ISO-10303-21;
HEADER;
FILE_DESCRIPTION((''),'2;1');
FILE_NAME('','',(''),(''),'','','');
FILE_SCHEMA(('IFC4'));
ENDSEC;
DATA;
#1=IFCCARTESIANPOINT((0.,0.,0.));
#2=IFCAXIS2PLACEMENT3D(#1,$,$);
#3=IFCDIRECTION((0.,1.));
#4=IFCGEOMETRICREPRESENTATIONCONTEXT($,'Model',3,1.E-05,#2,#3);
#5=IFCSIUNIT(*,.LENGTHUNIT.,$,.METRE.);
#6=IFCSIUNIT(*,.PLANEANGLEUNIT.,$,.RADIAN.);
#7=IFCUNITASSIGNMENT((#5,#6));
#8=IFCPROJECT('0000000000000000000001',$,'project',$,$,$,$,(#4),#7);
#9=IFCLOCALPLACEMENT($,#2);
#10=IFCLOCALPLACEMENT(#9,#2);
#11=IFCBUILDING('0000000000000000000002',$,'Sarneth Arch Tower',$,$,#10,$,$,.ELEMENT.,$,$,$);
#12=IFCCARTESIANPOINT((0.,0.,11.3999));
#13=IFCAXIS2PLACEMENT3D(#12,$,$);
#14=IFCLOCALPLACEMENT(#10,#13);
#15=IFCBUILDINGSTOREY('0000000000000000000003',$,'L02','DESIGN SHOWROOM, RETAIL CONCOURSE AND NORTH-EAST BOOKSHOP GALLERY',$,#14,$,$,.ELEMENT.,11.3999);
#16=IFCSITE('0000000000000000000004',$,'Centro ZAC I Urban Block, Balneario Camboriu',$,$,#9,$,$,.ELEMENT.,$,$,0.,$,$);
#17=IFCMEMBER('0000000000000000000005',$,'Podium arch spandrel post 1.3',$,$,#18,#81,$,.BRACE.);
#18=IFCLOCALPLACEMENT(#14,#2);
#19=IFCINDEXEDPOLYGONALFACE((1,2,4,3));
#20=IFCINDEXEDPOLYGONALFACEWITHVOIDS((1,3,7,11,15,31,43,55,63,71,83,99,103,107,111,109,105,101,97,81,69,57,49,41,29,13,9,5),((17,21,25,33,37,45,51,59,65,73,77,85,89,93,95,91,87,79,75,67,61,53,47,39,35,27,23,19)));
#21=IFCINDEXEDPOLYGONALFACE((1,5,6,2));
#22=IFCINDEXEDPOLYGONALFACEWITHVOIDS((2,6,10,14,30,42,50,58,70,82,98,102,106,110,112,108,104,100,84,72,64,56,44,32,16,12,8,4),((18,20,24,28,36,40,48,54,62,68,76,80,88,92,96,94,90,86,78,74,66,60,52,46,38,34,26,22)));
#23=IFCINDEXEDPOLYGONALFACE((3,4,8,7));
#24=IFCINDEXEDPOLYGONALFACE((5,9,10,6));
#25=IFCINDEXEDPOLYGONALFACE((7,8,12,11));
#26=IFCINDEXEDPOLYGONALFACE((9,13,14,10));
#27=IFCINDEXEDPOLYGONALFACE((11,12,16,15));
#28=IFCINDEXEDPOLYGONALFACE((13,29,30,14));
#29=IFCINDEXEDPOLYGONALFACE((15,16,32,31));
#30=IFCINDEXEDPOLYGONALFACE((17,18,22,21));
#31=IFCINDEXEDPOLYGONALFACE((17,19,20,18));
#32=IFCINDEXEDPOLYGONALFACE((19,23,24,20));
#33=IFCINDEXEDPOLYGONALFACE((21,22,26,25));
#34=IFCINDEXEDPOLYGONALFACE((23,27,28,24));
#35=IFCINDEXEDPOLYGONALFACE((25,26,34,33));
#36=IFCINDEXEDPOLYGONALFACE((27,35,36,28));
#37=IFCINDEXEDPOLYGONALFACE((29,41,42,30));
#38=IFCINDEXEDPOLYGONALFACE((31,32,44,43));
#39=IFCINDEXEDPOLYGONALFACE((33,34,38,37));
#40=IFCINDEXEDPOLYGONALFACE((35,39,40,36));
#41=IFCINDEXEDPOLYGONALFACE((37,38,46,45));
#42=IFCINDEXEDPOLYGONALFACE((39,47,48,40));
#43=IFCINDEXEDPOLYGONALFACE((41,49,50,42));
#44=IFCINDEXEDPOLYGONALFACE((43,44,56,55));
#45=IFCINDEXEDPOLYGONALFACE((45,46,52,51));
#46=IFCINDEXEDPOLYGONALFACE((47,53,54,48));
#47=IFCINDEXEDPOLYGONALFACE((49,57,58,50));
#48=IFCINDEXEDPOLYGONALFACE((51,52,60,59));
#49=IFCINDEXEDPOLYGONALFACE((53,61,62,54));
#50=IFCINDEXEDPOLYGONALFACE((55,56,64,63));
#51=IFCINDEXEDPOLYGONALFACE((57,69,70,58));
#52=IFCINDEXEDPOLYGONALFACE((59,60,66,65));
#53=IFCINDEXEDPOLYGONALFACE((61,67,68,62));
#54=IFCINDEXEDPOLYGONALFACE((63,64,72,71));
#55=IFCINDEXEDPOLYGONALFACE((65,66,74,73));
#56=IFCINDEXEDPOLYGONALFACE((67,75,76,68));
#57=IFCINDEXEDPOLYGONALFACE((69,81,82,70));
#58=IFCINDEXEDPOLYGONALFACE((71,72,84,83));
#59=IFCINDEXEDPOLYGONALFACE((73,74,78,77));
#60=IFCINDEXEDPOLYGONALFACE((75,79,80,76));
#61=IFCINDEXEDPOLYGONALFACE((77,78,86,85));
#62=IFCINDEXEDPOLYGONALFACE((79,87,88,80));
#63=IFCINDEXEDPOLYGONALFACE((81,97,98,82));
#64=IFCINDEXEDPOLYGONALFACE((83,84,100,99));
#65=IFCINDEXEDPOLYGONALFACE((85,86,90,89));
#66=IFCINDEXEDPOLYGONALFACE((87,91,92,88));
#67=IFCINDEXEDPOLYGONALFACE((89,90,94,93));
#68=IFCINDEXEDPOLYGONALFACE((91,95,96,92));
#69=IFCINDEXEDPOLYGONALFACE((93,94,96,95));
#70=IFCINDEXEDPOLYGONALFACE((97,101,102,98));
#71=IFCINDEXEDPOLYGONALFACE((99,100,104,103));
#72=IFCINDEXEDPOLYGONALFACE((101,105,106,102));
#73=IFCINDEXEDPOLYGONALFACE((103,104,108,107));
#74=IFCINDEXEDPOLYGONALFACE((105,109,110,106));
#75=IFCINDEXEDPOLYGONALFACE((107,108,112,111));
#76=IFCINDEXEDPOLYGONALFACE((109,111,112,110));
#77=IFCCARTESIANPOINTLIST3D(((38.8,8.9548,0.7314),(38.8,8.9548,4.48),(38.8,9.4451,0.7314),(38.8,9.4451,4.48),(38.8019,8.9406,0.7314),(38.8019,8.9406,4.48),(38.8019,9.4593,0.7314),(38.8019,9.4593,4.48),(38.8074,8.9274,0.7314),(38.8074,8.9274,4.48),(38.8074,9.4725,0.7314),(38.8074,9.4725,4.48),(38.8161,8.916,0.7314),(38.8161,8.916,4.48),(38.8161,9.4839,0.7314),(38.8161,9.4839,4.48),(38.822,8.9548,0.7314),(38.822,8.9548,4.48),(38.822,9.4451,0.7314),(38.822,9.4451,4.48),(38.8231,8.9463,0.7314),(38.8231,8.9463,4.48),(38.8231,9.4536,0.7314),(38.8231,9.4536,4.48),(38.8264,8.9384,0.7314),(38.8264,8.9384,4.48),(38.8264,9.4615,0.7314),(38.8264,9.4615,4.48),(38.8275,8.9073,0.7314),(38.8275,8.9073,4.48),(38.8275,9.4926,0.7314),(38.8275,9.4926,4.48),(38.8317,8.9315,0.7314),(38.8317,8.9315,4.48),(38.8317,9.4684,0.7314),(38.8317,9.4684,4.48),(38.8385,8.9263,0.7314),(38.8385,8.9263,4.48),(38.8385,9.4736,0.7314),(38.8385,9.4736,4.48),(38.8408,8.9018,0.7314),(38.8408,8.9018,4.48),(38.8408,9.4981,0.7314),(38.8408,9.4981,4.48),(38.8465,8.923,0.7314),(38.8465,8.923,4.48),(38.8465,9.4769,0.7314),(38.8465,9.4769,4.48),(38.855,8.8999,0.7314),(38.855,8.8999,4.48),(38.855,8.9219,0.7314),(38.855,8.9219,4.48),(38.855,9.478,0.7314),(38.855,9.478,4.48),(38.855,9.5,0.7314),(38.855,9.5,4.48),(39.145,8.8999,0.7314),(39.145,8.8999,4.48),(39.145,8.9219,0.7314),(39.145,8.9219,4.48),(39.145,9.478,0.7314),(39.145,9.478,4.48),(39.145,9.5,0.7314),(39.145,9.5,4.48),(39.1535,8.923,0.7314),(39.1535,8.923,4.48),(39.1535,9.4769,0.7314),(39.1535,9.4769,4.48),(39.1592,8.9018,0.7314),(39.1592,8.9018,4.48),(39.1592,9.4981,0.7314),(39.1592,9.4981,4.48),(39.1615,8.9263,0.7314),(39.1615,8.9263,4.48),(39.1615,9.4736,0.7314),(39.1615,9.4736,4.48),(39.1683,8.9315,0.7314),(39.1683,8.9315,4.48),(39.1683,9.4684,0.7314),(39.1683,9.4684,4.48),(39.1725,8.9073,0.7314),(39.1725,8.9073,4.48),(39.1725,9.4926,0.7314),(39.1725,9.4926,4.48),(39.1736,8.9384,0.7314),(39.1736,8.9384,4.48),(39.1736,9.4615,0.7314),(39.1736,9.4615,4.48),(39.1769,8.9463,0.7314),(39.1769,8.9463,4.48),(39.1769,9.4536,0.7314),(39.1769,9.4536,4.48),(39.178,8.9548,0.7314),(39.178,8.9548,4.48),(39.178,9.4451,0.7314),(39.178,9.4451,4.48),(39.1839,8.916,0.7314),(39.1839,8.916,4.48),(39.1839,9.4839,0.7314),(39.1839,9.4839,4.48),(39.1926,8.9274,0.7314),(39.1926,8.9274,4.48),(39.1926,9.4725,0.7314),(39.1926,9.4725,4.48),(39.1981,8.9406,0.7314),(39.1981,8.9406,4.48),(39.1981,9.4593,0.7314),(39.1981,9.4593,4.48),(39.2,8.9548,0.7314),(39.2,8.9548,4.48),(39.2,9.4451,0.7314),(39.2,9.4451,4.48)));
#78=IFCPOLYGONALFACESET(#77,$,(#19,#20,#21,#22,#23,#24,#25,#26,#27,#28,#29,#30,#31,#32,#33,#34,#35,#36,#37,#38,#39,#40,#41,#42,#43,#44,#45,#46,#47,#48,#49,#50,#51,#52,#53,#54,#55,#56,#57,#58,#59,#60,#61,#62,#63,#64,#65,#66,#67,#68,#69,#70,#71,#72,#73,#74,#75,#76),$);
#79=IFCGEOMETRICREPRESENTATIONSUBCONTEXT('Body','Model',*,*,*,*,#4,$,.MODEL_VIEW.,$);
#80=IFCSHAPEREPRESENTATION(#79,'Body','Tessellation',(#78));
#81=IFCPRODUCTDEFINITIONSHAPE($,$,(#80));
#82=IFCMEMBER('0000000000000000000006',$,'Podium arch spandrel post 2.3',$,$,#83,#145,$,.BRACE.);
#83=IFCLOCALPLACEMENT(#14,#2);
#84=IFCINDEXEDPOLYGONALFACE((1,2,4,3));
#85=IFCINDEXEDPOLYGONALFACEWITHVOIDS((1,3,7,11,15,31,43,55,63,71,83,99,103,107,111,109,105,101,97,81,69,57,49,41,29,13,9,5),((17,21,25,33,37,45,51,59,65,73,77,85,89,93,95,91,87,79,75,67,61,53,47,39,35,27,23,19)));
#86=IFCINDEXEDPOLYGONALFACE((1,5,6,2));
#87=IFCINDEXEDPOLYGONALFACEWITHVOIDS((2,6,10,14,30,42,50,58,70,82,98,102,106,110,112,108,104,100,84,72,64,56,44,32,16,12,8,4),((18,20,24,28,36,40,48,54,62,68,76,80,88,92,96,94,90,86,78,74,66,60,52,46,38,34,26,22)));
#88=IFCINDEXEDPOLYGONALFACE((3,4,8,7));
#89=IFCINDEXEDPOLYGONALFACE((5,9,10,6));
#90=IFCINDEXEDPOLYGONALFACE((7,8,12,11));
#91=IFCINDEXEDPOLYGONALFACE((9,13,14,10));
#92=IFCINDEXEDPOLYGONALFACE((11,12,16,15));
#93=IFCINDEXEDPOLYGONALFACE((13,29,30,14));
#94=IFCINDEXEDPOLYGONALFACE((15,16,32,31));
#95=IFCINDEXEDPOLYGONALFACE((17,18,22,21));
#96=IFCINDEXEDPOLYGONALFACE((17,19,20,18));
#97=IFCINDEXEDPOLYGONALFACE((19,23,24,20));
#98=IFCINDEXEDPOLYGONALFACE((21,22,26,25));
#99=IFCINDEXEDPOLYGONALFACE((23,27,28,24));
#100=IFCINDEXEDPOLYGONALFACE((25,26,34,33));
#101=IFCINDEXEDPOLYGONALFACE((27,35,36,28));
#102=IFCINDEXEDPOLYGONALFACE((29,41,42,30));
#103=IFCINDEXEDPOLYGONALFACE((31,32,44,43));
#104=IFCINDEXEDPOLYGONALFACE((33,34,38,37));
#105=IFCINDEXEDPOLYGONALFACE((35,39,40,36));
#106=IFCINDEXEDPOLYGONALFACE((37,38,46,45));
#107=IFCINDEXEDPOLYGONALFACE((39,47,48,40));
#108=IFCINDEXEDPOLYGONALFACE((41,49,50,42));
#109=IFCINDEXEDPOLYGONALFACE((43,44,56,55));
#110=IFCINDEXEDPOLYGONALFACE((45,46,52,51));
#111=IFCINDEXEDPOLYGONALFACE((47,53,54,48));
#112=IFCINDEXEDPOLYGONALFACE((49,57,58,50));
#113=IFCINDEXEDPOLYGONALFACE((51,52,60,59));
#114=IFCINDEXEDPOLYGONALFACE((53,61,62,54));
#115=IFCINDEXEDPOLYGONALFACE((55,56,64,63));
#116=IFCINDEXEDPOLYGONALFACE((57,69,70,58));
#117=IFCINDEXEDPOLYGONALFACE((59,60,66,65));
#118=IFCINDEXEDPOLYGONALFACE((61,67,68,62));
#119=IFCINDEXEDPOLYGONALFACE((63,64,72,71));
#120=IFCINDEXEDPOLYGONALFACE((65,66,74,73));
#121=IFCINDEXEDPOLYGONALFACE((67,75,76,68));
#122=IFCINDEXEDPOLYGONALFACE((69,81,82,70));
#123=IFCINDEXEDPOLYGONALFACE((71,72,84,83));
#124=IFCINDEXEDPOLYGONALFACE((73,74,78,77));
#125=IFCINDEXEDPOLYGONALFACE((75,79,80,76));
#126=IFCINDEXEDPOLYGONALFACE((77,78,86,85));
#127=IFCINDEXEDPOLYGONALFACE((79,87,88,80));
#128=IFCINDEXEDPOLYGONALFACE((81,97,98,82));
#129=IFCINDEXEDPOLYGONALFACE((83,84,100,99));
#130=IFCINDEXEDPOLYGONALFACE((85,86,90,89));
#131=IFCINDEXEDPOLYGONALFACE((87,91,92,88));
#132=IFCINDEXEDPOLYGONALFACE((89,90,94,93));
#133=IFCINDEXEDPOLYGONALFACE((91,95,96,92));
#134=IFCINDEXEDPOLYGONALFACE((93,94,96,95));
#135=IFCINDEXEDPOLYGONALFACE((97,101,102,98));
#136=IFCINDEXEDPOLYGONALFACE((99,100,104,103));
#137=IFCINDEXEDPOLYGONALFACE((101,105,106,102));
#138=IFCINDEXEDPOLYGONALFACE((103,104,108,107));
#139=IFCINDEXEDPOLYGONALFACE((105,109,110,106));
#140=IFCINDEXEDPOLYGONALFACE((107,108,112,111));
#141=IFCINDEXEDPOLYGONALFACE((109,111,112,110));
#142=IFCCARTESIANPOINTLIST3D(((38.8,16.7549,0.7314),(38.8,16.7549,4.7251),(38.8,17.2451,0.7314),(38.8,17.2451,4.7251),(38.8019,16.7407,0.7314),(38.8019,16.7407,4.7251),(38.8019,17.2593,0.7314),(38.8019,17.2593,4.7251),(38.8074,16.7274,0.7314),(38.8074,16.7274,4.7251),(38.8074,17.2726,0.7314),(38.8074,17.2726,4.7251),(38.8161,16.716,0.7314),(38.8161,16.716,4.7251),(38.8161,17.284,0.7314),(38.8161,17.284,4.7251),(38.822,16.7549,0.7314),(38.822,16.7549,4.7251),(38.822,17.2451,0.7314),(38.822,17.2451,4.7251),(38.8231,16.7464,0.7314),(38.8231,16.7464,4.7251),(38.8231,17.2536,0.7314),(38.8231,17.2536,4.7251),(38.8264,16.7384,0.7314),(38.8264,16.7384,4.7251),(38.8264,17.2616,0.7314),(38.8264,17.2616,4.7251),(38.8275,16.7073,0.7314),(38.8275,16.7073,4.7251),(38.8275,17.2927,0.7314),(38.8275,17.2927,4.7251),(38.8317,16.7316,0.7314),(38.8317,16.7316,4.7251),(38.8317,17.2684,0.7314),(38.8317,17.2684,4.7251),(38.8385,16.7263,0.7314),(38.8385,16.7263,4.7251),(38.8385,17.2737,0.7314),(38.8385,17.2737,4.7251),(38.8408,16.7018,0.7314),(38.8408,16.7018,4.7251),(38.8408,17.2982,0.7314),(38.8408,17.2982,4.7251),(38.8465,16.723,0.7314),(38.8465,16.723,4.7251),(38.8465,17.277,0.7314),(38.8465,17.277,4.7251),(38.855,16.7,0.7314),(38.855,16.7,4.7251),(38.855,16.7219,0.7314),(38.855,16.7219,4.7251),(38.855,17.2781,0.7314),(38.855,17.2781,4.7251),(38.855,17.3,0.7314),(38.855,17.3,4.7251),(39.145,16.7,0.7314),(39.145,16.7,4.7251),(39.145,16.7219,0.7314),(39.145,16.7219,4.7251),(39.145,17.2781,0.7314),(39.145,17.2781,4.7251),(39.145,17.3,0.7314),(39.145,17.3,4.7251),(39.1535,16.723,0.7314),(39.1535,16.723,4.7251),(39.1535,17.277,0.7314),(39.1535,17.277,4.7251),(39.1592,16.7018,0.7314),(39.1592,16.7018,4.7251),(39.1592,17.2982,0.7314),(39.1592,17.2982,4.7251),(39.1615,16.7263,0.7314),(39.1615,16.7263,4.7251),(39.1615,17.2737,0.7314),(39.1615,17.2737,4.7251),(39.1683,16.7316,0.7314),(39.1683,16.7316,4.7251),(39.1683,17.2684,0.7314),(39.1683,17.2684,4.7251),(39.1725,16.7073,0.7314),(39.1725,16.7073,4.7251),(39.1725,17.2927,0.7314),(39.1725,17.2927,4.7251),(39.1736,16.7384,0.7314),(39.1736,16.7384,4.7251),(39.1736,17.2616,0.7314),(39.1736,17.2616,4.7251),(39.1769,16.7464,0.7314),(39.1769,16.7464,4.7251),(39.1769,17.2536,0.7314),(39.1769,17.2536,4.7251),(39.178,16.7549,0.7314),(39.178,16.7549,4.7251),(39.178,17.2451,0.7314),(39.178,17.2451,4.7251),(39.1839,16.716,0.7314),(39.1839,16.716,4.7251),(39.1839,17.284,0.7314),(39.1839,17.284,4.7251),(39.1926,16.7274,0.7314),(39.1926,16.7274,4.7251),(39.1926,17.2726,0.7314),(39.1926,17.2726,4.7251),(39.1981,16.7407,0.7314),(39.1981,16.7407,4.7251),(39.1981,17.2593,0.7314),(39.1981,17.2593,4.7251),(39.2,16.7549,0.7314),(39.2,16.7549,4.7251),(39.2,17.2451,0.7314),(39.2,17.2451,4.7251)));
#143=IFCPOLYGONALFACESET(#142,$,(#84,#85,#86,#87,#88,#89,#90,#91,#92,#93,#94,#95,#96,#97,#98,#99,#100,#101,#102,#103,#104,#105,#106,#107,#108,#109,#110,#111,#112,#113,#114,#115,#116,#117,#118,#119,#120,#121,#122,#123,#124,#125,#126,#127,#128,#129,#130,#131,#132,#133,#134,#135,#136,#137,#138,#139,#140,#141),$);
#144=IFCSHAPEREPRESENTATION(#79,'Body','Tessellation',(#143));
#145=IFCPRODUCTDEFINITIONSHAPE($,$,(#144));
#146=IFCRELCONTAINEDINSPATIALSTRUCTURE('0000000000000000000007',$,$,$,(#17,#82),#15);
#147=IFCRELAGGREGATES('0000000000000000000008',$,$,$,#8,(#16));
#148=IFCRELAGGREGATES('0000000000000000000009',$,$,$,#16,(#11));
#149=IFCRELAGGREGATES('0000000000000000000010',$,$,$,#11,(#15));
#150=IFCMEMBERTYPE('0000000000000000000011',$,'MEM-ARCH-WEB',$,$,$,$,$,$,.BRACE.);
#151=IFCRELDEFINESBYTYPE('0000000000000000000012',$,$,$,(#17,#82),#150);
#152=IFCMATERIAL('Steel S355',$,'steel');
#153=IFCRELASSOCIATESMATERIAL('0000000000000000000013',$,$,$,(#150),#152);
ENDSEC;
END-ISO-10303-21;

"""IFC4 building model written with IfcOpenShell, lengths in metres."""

from ifc_helpers import new_model, si_unit, direction, frame, origin, origin_2d, place, context, subcontext, project, spatial, hollow_rectangle, extrude, material, material_profile, profile_set, type_object, element, save


model = new_model("IFC4")

# Units and contexts
model_context = context("Model", 3, precision=1e-05, world=origin(), true_north=direction((0.0, 1.0)))
body_context = subcontext(model_context, "Body", "Model", "MODEL_VIEW")
ifc_project = project(units=[si_unit("LENGTHUNIT", "METRE"), si_unit("PLANEANGLEUNIT", "RADIAN")], contexts=[model_context])

# Site, building, storey
site_placement = place(None, origin())
site = spatial("IfcSite", under=ifc_project, at=site_placement, Name="Centro ZAC I Urban Block, Balneario Camboriu", CompositionType="ELEMENT", RefElevation=0.0)
building_placement = place(site_placement, origin())
building = spatial("IfcBuilding", under=site, at=building_placement, Name="Sarneth Arch Tower", CompositionType="ELEMENT")
storey_placement = place(building_placement, frame((0.0, 0.0, 11.3999)))
storey = spatial("IfcBuildingStorey", under=building, at=storey_placement, Name="L02", Description="DESIGN SHOWROOM, RETAIL CONCOURSE AND NORTH-EAST BOOKSHOP GALLERY", CompositionType="ELEMENT", Elevation=11.3999)

# Members
ifc_material_1 = material(Name="Steel S355", Category="steel")
ifc_material_profile_1 = material_profile(ifc_material_1, hollow_rectangle(XDim=0.3999, YDim=0.6001, WallThickness=0.022, InnerFilletRadius=0.033, OuterFilletRadius=0.0549, at=origin_2d()), Name="RHS600x400x22")
ifc_profile_set_1 = profile_set([ifc_material_profile_1], Name="Steel S355")
member_type_1 = type_object("IfcMemberType", Name="MEM-ARCH-WEB", PredefinedType="BRACE", material=ifc_profile_set_1)
member_1_placement = place(storey_placement, frame((39.0, 9.2, 0.7314), z_axis=(0.0, 0.0, 1.0), x_axis=(1.0, 0.0, 0.0)))
element("IfcMember", 1, at=member_1_placement, inside=storey, type_object=member_type_1, Name="Podium arch spandrel post 1.3", PredefinedType="BRACE", context=body_context, shape_type="SweptSolid", body=[
    extrude(hollow_rectangle(XDim=0.3999, YDim=0.6001, WallThickness=0.022, InnerFilletRadius=0.033, OuterFilletRadius=0.0549, at=origin_2d()), origin(), (0.0, 0.0, 1.0), 3.7485),
])
member_2_placement = place(storey_placement, frame((39.0, 17.0, 0.7314), z_axis=(0.0, 0.0, 1.0), x_axis=(1.0, 0.0, 0.0)))
element("IfcMember", 2, at=member_2_placement, inside=storey, type_object=member_type_1, Name="Podium arch spandrel post 2.3", PredefinedType="BRACE", context=body_context, shape_type="SweptSolid", body=[
    extrude(hollow_rectangle(XDim=0.3999, YDim=0.6001, WallThickness=0.022, InnerFilletRadius=0.033, OuterFilletRadius=0.0549, at=origin_2d()), origin(), (0.0, 0.0, 1.0), 3.9937),
])

save(model, "model.ifc")
